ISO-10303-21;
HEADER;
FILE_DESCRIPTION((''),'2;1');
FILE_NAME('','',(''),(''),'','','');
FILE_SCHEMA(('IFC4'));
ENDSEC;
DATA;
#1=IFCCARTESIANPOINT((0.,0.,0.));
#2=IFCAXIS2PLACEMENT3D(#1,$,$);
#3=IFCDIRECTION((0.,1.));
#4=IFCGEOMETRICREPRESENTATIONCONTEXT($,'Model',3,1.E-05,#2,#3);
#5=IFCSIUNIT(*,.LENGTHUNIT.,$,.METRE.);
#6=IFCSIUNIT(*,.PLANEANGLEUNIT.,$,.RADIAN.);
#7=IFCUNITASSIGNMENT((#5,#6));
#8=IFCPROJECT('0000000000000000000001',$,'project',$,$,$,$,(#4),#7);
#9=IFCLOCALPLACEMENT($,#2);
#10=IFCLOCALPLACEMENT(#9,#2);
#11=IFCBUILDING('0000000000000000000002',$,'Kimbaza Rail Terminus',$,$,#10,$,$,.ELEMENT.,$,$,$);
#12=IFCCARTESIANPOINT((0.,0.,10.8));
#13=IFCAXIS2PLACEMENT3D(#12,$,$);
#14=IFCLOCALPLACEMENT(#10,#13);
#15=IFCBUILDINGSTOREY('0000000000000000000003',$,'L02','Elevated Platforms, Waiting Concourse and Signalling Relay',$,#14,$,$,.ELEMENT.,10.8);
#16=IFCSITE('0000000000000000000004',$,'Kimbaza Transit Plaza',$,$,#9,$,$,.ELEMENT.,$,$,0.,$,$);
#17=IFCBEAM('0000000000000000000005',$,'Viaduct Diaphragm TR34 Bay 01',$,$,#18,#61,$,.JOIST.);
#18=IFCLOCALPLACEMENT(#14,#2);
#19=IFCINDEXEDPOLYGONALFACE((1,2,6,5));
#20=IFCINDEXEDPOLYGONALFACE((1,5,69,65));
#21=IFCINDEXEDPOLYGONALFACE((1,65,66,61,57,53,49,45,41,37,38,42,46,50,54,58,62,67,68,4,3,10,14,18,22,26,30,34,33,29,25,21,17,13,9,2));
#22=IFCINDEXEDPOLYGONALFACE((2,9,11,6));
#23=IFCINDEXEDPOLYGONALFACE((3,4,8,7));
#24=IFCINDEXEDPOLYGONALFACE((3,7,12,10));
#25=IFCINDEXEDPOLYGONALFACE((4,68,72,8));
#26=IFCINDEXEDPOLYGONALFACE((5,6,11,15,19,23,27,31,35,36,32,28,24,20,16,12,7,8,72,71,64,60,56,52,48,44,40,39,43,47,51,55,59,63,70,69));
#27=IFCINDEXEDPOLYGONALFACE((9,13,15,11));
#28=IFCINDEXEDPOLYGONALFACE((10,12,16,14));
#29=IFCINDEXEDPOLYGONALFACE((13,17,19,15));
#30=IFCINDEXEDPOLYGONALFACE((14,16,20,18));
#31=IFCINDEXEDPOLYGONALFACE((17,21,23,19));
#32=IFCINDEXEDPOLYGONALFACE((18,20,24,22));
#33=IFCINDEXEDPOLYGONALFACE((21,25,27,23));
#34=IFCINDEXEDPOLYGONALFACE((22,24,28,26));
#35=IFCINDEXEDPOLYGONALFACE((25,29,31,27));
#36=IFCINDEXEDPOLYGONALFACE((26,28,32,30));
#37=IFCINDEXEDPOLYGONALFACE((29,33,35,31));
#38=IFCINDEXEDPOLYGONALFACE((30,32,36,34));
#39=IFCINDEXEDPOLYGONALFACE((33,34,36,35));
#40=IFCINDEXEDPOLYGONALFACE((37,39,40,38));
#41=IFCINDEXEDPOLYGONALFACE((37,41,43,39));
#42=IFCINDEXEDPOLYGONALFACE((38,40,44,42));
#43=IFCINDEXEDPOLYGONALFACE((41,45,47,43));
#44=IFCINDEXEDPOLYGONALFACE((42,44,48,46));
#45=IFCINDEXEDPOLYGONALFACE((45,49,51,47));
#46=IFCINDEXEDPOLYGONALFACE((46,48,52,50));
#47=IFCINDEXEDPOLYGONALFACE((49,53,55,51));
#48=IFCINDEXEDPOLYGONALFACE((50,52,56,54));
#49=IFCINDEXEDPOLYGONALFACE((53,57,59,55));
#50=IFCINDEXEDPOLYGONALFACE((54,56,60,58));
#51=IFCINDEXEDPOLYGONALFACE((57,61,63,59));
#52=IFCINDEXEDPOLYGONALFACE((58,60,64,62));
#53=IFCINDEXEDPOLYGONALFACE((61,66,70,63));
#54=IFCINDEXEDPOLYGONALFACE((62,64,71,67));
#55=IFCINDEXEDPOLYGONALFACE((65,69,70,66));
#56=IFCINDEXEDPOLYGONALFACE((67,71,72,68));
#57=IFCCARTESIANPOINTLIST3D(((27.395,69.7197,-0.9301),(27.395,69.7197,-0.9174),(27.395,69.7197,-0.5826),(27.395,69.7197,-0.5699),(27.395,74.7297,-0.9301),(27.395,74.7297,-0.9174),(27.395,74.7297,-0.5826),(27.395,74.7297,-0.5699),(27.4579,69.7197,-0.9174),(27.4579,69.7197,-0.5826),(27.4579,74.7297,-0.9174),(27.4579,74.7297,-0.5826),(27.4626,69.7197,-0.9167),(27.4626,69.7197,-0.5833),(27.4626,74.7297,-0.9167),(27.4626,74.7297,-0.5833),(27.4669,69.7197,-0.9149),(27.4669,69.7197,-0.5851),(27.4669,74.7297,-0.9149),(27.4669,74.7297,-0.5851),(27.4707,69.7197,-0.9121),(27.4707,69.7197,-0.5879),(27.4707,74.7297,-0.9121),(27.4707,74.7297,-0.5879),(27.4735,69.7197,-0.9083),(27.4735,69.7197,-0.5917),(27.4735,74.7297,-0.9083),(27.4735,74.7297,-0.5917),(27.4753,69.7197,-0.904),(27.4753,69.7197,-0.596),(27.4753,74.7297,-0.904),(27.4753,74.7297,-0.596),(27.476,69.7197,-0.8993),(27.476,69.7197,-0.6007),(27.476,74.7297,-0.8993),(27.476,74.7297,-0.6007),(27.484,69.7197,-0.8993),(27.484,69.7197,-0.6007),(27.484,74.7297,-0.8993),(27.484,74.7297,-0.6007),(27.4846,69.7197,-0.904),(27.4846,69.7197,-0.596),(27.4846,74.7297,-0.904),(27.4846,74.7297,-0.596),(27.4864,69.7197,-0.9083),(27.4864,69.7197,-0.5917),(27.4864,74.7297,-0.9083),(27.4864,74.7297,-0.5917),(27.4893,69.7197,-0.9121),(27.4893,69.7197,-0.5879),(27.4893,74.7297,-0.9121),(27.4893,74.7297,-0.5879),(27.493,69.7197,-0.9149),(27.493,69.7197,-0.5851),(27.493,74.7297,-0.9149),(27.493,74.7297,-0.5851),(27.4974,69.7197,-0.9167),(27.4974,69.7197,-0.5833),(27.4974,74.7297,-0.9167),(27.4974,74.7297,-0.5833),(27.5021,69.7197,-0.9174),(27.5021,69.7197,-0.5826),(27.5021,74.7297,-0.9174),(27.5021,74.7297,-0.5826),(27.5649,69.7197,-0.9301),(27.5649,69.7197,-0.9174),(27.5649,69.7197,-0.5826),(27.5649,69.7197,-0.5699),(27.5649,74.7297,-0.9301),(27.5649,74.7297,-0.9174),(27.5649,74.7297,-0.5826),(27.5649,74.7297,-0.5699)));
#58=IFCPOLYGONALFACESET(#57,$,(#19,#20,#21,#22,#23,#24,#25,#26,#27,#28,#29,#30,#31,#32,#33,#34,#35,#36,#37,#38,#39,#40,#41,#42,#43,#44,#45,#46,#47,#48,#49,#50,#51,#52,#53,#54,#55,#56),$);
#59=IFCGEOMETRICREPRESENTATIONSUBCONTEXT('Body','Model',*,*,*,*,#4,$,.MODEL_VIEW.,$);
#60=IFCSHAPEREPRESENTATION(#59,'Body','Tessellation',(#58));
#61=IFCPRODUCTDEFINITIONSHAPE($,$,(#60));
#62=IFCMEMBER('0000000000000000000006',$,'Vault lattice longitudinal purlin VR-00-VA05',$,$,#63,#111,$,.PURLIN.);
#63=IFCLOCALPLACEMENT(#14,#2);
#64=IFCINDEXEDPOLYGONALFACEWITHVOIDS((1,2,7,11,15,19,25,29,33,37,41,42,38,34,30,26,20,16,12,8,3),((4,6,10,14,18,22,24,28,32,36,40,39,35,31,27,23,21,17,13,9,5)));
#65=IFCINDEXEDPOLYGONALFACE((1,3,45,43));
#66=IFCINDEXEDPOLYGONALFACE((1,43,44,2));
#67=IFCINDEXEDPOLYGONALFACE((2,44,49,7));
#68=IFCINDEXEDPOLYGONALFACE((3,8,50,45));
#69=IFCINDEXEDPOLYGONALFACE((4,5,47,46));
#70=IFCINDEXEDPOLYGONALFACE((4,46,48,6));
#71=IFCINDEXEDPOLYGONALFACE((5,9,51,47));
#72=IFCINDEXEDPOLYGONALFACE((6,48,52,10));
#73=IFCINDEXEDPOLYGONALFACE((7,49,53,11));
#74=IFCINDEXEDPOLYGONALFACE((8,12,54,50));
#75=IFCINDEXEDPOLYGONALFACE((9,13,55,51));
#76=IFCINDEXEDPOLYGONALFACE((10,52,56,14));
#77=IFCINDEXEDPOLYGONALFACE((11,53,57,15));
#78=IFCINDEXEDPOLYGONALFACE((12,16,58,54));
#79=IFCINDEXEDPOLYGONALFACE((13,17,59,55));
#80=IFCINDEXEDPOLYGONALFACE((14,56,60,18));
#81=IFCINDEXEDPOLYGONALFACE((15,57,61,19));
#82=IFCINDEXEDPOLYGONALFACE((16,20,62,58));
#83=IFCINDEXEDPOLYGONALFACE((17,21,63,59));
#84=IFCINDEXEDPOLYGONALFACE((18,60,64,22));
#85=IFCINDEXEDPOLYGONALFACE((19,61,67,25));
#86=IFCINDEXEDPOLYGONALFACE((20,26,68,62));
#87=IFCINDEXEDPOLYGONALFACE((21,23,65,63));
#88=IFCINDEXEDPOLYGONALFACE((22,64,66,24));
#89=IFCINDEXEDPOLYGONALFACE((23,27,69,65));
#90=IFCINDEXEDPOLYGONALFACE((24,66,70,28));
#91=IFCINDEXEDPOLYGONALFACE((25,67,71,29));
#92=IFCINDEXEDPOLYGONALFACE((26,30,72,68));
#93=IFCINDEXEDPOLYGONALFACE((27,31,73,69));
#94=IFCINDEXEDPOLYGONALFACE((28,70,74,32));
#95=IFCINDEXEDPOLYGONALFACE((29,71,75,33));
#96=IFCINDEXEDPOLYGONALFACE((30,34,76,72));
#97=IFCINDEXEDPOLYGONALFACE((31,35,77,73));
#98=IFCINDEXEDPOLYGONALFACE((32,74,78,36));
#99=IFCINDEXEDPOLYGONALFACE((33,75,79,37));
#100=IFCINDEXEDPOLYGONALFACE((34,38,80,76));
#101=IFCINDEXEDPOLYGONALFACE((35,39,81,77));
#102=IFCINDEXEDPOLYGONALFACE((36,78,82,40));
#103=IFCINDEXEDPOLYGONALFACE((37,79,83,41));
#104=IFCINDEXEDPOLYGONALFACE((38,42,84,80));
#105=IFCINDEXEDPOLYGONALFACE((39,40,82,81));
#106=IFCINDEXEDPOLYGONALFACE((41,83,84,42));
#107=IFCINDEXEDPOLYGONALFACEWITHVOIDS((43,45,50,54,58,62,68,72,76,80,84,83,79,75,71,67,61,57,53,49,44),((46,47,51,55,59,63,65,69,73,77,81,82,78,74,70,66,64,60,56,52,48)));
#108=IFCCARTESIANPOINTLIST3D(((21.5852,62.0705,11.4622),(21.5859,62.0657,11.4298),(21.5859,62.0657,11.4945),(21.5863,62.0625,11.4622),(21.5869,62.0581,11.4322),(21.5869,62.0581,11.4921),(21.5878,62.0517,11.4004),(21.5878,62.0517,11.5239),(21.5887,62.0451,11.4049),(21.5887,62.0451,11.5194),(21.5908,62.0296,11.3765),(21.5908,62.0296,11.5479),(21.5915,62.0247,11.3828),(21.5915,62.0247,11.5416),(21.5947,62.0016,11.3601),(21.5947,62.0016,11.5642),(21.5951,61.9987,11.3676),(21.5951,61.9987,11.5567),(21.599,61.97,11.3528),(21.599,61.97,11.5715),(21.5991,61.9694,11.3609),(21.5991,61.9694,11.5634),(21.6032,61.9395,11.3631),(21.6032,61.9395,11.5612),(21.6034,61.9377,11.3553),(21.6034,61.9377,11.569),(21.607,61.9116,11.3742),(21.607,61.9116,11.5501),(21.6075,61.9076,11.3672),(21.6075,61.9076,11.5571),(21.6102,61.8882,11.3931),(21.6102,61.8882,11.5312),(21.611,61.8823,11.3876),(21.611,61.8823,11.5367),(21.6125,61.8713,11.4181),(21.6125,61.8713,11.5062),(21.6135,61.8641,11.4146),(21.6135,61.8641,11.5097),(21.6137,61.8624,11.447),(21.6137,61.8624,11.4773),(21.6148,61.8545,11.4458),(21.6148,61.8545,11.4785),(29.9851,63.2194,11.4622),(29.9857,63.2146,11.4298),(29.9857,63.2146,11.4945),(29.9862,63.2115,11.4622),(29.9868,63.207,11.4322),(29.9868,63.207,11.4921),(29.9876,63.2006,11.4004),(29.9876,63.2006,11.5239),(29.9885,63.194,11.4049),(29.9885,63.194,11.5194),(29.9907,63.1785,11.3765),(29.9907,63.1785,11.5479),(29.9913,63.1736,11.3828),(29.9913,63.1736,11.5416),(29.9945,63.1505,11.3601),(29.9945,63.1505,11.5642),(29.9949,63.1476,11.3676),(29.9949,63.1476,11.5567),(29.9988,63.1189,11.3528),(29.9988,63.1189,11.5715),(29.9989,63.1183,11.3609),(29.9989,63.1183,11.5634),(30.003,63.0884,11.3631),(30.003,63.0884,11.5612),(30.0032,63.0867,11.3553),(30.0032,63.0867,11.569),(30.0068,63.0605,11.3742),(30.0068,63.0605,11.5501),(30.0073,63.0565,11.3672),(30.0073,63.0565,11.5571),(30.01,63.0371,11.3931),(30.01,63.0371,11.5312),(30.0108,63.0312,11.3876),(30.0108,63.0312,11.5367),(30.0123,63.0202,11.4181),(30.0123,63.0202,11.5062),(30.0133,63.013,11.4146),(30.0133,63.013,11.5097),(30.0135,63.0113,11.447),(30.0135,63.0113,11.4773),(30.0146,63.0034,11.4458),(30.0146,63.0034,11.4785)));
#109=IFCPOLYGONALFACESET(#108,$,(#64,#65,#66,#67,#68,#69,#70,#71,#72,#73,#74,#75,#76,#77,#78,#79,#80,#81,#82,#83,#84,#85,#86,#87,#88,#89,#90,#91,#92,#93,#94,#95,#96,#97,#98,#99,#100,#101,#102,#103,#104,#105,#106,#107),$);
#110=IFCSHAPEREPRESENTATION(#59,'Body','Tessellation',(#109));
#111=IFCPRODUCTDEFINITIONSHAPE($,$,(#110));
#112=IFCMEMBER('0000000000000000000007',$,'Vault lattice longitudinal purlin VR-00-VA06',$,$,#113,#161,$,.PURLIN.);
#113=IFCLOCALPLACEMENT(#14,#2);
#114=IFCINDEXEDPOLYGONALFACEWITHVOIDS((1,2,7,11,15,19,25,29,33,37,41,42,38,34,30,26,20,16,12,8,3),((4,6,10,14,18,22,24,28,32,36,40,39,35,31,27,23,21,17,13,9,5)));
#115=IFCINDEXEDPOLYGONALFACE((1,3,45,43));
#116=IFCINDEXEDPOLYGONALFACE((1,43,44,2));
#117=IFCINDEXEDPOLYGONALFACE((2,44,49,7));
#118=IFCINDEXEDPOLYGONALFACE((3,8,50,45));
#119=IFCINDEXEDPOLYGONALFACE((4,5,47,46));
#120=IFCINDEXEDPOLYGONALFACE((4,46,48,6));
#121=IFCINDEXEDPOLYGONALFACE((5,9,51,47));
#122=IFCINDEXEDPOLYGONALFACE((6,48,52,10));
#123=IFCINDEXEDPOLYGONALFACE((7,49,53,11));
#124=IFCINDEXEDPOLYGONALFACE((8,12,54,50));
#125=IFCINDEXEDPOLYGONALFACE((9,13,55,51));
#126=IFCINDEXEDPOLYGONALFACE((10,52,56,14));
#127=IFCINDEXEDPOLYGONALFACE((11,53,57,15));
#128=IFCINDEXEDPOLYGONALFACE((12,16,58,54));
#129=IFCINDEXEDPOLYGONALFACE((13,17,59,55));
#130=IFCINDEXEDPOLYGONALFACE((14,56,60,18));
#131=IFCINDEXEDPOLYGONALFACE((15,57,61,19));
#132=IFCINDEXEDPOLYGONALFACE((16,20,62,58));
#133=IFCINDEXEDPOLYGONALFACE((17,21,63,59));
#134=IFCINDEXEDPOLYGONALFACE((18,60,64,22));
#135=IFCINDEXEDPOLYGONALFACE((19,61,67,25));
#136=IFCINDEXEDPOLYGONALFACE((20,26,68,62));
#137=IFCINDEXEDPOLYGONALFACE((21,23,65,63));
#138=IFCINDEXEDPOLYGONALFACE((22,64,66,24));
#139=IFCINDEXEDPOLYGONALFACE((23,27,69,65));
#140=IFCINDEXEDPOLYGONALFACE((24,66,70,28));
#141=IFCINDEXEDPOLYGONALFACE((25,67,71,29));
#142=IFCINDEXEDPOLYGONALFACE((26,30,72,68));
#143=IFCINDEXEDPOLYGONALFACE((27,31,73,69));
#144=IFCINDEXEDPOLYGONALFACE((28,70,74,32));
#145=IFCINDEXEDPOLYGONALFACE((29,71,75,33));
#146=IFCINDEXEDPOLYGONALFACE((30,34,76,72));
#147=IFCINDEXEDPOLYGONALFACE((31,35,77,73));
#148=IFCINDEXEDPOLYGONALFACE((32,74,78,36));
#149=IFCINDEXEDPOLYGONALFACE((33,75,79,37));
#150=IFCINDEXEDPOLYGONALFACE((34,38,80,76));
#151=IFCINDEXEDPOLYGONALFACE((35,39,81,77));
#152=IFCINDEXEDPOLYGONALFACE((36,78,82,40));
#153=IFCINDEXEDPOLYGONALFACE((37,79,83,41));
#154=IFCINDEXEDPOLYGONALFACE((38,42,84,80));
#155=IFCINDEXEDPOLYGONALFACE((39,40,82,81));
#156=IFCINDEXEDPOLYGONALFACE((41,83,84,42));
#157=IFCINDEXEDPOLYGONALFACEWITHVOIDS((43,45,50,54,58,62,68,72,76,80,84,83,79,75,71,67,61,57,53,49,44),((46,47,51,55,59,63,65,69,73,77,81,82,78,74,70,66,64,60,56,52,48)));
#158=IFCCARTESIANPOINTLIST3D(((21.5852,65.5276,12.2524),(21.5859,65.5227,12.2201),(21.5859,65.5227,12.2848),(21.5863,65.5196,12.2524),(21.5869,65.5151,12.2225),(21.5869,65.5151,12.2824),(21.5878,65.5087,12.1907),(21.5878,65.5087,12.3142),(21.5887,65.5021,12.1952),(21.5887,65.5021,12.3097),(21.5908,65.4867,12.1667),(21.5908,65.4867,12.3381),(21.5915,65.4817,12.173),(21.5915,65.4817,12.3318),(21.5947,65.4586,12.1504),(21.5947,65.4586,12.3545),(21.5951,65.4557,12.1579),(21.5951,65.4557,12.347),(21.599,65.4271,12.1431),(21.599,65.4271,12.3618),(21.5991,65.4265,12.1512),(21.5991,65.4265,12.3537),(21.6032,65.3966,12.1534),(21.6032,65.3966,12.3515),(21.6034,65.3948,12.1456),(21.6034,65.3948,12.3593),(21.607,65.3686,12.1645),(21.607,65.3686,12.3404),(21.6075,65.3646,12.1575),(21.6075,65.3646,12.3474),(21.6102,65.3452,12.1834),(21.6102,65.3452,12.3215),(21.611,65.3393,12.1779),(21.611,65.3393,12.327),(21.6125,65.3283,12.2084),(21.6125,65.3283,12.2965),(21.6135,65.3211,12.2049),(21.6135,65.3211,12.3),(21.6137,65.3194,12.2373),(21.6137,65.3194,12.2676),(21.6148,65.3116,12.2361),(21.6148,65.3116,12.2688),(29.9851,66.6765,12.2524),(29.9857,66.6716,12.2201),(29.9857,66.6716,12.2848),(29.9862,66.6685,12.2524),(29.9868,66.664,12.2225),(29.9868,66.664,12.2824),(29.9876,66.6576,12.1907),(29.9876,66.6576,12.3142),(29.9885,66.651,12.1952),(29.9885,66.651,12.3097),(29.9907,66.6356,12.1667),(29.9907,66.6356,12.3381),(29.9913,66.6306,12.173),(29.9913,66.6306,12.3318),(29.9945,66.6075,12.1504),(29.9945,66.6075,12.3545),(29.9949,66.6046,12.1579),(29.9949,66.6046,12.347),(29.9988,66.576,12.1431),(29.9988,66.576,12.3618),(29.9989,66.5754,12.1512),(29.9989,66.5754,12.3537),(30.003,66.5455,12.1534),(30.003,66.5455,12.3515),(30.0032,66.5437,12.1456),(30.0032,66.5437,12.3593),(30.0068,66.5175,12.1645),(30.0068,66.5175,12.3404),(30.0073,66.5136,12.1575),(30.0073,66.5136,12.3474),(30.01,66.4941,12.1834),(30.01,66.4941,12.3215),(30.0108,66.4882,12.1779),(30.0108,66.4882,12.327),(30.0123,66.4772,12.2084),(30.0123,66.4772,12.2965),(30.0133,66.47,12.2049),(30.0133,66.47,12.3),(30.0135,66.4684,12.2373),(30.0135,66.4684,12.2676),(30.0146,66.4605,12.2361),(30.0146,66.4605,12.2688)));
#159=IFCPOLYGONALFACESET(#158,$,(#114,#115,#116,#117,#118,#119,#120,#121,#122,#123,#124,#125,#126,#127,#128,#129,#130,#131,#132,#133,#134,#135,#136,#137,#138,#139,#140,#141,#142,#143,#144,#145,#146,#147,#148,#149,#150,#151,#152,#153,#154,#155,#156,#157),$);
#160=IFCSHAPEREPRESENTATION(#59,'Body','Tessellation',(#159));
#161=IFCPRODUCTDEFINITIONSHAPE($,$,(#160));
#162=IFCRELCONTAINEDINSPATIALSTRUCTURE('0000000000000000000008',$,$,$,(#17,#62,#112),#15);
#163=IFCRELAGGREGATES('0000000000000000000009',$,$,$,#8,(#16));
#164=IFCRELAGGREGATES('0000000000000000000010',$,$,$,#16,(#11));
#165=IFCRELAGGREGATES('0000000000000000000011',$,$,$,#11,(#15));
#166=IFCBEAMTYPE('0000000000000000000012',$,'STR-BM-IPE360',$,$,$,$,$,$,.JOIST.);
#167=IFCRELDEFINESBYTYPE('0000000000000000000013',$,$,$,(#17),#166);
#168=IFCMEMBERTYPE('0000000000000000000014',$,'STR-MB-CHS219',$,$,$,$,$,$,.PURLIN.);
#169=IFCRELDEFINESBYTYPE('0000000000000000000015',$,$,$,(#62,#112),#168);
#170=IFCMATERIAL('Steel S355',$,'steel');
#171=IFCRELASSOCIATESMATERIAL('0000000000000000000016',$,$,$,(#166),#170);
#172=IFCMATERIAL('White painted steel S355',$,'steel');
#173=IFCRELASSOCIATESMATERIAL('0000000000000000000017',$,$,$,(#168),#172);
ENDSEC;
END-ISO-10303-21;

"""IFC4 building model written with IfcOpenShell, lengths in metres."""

from ifc_helpers import new_model, si_unit, direction, frame, origin, origin_2d, place, context, subcontext, project, spatial, hollow_circle, i_section, extrude, material, material_profile, profile_set, type_object, element, save


model = new_model("IFC4")

# Units and contexts
model_context = context("Model", 3, precision=1e-05, world=origin(), true_north=direction((0.0, 1.0)))
body_context = subcontext(model_context, "Body", "Model", "MODEL_VIEW")
ifc_project = project(units=[si_unit("LENGTHUNIT", "METRE"), si_unit("PLANEANGLEUNIT", "RADIAN")], contexts=[model_context])

# Site, building, storey
site_placement = place(None, origin())
site = spatial("IfcSite", under=ifc_project, at=site_placement, Name="Kimbaza Transit Plaza", CompositionType="ELEMENT", RefElevation=0.0)
building_placement = place(site_placement, origin())
building = spatial("IfcBuilding", under=site, at=building_placement, Name="Kimbaza Rail Terminus", CompositionType="ELEMENT")
storey_placement = place(building_placement, frame((0.0, 0.0, 10.8)))
storey = spatial("IfcBuildingStorey", under=building, at=storey_placement, Name="L02", Description="Elevated Platforms, Waiting Concourse and Signalling Relay", CompositionType="ELEMENT", Elevation=10.8)

# Beam
ifc_material_1 = material(Name="Steel S355", Category="steel")
ifc_material_profile_1 = material_profile(ifc_material_1, i_section(OverallWidth=0.1699, OverallDepth=0.3601, WebThickness=0.0081, FlangeThickness=0.0127, FilletRadius=0.0181, at=origin_2d()), Name="IPE 360")
ifc_profile_set_1 = profile_set([ifc_material_profile_1], Name="Steel S355")
beam_type_1 = type_object("IfcBeamType", Name="STR-BM-IPE360", PredefinedType="JOIST", material=ifc_profile_set_1)
beam_1_placement = place(storey_placement, frame((27.48, 69.7197, -0.75), z_axis=(0.0, 1.0, 0.0), x_axis=(-1.0, 0.0, 0.0)))
element("IfcBeam", 1, at=beam_1_placement, inside=storey, type_object=beam_type_1, Name="Viaduct Diaphragm TR34 Bay 01", PredefinedType="JOIST", context=body_context, shape_type="SweptSolid", body=[
    extrude(i_section(OverallWidth=0.1699, OverallDepth=0.3601, WebThickness=0.0081, FlangeThickness=0.0127, FilletRadius=0.0181, at=origin_2d()), origin(), (0.0, 0.0, 1.0), 5.01),
])

# Members
ifc_material_2 = material(Name="White painted steel S355", Category="steel")
ifc_material_profile_2 = material_profile(ifc_material_2, hollow_circle(Radius=0.1096, WallThickness=0.0081, at=origin_2d()), Name="CHS 219.1x8")
ifc_profile_set_2 = profile_set([ifc_material_profile_2], Name="White painted steel S355")
member_type_1 = type_object("IfcMemberType", Name="STR-MB-CHS219", PredefinedType="PURLIN", material=ifc_profile_set_2)
for number, where, z_axis, x_axis, name in (
    (2, (21.6001, 61.9619, 11.4622), (0.990775, 0.135517, 0.0), (-0.135517, 0.990775, 0.0), "Vault lattice longitudinal purlin VR-00-VA05"),
    (3, (21.6001, 65.4189, 12.2524), (0.990775, 0.135517, 0.0), (-0.135517, 0.990775, 0.0), "Vault lattice longitudinal purlin VR-00-VA06"),
):
    element("IfcMember", number, at=place(storey_placement, frame(where, z_axis=z_axis, x_axis=x_axis)), inside=storey, type_object=member_type_1, Name=name, PredefinedType="PURLIN", context=body_context, shape_type="SweptSolid", body=[
        extrude(hollow_circle(Radius=0.1096, WallThickness=0.0081, at=origin_2d()), origin(), (0.0, 0.0, 1.0), 8.478),
    ])

save(model, "model.ifc")
